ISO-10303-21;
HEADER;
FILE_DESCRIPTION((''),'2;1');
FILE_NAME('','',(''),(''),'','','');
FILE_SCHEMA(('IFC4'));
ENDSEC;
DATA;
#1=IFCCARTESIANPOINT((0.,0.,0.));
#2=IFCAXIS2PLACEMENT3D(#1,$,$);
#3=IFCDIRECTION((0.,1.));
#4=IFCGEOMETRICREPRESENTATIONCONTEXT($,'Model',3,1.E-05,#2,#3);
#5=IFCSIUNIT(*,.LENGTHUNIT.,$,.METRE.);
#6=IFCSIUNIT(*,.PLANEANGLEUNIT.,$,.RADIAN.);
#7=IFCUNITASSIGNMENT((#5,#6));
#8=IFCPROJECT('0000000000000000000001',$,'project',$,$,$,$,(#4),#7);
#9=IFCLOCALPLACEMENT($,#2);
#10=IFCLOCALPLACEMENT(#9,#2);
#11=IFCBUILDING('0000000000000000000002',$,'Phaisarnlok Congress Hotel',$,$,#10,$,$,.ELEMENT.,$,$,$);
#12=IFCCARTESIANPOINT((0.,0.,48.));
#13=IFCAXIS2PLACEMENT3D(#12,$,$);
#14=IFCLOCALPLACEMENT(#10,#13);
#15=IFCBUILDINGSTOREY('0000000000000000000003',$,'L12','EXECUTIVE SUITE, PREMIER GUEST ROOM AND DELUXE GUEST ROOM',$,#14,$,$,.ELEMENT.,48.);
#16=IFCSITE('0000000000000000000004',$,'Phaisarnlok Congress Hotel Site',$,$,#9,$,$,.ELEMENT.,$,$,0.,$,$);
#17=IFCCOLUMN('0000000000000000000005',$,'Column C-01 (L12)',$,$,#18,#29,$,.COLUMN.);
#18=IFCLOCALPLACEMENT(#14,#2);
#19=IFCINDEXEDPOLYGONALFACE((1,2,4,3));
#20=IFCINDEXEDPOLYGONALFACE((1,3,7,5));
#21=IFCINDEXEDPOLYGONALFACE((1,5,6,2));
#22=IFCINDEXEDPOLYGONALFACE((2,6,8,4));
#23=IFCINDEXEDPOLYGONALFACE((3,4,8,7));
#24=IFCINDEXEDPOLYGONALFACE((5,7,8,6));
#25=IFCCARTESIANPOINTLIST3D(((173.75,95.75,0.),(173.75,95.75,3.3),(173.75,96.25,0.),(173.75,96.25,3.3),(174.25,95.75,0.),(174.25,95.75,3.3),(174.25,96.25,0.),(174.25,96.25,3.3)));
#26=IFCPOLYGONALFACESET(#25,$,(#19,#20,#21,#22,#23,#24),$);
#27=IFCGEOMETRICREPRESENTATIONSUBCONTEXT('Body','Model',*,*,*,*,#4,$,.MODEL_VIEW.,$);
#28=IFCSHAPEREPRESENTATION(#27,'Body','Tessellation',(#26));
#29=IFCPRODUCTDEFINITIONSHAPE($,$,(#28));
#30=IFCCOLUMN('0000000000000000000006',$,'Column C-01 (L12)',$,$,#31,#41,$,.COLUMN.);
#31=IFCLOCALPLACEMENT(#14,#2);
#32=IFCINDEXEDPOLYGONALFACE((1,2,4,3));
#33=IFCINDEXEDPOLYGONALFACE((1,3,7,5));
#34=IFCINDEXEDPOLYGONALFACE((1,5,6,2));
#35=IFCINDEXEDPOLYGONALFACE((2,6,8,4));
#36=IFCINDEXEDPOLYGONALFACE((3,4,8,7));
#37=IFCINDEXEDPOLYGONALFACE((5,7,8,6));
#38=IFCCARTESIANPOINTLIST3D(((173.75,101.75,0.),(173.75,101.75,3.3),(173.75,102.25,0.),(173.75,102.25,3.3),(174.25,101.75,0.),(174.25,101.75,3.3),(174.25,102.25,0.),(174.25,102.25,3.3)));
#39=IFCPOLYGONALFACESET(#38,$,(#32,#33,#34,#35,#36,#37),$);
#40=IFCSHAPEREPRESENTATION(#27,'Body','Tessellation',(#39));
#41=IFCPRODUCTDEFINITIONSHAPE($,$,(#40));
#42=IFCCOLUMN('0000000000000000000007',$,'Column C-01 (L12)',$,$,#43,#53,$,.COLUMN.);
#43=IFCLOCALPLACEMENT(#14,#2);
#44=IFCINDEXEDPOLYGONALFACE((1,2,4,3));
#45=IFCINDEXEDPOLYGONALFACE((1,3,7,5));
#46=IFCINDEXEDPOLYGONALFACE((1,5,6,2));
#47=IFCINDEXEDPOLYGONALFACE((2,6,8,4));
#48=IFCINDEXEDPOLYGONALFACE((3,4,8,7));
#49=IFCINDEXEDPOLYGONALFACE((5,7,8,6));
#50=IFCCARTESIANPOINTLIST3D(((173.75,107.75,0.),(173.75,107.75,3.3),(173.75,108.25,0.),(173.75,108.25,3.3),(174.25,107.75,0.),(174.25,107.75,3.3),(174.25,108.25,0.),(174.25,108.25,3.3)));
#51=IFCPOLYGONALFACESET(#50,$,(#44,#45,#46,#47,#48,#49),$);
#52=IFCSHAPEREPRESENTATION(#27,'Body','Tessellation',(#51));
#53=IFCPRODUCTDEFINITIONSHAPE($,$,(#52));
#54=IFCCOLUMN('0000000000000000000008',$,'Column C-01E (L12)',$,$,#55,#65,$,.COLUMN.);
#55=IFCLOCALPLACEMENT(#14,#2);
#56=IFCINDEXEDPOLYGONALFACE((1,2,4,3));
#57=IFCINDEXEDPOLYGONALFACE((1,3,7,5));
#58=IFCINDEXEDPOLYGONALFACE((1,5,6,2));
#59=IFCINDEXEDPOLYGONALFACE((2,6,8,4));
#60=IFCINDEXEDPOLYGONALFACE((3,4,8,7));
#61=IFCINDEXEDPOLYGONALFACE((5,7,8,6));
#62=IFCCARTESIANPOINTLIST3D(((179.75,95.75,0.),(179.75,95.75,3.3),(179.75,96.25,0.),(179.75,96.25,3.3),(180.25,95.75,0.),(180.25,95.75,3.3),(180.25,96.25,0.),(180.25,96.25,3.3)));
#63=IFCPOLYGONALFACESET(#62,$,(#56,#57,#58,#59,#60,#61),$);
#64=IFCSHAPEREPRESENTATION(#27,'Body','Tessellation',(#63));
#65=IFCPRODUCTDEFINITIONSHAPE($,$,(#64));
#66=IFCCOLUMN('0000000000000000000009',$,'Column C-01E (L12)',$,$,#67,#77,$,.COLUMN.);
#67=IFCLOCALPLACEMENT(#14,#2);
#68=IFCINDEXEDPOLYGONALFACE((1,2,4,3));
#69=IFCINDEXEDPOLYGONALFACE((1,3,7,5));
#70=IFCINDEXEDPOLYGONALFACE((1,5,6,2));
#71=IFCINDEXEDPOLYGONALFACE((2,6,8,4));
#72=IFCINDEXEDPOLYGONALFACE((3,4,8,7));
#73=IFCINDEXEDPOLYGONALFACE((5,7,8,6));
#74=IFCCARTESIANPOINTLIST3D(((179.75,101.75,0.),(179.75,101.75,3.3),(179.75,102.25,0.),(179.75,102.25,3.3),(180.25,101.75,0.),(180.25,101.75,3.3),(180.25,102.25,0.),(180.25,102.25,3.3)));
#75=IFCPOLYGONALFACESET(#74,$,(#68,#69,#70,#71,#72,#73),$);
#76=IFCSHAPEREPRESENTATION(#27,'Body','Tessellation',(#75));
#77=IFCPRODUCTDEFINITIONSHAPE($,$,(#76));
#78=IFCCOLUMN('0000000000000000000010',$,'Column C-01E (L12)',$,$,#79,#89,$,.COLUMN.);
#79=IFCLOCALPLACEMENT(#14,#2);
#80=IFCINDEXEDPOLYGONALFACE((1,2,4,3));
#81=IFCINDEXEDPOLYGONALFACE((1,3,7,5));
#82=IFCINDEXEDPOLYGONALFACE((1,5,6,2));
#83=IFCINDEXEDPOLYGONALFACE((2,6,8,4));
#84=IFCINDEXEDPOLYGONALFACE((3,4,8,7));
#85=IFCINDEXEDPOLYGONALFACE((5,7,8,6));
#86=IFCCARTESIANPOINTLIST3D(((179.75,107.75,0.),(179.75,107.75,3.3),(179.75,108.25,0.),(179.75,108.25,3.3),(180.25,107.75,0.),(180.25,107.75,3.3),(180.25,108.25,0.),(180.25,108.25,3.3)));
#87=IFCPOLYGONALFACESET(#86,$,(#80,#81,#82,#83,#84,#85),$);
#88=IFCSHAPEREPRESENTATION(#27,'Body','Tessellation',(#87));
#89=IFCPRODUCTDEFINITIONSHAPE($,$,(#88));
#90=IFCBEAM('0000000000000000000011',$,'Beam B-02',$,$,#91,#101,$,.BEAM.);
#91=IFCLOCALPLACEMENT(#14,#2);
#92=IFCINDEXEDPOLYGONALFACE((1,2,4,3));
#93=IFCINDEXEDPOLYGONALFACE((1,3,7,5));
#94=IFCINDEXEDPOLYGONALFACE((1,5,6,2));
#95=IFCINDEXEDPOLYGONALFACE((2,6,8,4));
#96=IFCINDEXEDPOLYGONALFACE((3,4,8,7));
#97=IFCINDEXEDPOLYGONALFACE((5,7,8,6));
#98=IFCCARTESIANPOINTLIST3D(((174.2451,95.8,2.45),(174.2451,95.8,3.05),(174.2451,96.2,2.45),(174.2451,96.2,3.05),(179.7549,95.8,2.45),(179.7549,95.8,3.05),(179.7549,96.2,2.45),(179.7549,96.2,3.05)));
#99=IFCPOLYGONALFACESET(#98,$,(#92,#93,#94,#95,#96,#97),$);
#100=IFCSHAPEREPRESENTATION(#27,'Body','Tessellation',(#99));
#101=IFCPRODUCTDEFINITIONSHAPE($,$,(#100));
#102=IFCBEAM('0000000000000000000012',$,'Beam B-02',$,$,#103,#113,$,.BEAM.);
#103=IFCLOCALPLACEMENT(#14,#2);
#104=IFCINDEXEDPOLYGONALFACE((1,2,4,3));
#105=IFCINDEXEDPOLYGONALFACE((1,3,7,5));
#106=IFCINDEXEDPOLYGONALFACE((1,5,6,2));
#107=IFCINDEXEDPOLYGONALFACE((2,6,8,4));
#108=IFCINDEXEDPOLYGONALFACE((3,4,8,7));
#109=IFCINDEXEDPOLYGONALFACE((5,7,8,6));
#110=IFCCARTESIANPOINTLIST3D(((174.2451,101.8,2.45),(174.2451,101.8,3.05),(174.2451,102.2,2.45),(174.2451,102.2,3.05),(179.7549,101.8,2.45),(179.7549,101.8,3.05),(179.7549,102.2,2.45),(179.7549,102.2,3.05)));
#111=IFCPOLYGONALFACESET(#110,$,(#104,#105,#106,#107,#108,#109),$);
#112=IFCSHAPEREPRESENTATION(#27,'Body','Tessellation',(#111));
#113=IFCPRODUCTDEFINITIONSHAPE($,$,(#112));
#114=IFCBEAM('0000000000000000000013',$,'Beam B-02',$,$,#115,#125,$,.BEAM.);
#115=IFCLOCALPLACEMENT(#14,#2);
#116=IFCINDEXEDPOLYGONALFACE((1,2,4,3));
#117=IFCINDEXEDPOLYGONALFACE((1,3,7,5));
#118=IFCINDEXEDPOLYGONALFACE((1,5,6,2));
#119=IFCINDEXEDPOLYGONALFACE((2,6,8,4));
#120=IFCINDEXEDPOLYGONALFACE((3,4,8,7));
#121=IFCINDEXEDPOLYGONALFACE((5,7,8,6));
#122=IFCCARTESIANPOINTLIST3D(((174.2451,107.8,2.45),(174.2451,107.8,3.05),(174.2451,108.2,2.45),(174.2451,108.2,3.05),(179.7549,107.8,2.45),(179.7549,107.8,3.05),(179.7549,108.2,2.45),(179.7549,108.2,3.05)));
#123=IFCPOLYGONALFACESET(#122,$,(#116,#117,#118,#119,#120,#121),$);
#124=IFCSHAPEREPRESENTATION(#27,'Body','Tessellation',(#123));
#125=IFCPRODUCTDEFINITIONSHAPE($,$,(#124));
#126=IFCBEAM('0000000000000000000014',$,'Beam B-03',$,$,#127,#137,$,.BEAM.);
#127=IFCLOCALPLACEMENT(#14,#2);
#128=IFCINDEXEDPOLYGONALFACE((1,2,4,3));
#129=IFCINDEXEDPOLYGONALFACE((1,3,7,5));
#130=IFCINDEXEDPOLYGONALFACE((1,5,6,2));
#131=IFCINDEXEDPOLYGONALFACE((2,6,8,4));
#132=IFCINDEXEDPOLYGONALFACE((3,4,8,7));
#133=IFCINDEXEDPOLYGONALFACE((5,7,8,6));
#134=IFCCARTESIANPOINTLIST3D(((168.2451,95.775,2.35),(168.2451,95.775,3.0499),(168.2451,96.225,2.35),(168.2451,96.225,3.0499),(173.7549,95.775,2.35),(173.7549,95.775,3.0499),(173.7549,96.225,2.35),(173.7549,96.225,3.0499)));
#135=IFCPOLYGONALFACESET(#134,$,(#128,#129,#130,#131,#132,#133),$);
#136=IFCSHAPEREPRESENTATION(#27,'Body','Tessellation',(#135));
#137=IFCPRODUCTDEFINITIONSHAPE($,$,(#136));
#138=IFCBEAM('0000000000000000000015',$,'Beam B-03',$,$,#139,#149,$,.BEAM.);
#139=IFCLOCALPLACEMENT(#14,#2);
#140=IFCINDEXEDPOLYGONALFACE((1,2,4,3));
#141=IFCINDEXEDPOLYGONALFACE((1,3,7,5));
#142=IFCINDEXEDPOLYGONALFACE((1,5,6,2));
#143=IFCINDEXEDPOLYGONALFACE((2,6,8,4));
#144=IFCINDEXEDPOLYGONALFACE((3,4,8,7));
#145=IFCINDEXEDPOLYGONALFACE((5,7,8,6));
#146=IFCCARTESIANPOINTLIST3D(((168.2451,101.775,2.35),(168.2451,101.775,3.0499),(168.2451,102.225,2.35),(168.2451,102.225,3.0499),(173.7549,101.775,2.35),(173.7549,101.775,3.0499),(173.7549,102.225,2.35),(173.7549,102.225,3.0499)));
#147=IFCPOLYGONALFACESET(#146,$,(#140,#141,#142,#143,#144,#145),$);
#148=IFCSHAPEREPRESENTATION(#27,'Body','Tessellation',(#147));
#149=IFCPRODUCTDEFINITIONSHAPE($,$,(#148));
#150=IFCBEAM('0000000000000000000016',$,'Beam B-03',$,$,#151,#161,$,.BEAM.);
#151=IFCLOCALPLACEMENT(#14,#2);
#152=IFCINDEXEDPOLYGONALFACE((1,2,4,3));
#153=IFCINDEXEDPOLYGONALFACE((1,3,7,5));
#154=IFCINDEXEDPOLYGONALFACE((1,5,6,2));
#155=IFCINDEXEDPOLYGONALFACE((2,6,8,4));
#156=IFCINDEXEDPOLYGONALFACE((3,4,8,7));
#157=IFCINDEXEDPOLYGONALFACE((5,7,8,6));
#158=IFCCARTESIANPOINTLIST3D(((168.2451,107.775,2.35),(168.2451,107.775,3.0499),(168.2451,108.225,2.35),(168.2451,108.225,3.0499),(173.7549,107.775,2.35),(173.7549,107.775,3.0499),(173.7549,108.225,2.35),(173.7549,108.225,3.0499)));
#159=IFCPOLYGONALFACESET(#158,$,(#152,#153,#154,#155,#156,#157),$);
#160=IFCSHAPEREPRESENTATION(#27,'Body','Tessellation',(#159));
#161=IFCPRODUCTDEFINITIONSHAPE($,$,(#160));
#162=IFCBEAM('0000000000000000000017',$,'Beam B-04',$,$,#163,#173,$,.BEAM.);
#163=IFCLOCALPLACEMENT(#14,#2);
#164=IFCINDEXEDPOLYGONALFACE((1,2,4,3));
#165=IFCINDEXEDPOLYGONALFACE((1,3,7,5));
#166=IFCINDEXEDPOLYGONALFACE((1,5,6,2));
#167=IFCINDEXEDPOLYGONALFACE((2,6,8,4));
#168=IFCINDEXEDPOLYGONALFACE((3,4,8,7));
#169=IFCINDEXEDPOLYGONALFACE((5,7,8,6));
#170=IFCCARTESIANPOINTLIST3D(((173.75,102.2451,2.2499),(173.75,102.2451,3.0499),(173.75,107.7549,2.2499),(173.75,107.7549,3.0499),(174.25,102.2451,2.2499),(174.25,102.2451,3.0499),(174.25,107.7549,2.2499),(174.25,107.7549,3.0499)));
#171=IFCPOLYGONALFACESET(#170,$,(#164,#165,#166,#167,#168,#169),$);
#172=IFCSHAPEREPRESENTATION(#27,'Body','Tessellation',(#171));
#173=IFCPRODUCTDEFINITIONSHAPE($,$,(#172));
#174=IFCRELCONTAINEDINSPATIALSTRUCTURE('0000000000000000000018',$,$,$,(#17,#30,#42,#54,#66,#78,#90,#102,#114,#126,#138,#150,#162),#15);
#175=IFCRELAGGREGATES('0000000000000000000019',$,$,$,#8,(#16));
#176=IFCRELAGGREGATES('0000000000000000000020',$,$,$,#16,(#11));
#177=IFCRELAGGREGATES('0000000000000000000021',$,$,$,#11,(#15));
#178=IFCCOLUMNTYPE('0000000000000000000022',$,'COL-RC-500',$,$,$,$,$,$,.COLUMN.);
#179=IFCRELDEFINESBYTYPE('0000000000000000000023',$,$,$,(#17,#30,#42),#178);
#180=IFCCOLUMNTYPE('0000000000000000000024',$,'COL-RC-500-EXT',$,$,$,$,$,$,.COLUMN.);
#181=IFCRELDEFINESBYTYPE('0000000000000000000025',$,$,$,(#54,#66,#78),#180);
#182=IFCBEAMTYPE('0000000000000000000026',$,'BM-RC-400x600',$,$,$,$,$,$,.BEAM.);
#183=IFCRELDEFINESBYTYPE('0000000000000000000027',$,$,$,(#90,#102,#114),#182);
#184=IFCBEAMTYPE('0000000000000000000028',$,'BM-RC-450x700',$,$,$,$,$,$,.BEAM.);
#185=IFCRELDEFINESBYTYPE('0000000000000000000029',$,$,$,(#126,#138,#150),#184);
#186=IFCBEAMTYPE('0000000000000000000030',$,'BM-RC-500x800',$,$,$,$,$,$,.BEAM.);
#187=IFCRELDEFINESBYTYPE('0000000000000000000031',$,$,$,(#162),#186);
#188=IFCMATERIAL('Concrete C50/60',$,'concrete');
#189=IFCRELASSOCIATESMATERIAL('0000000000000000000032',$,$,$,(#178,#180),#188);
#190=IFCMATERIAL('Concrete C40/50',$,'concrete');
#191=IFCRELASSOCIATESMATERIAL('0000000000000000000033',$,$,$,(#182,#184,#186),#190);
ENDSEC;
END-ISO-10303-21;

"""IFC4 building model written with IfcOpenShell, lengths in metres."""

from ifc_helpers import new_model, si_unit, direction, frame, origin, origin_2d, place, context, subcontext, project, spatial, rectangle, extrude, material, material_profile, profile_set, type_object, element, save


model = new_model("IFC4")

# Units and contexts
model_context = context("Model", 3, precision=1e-05, world=origin(), true_north=direction((0.0, 1.0)))
body_context = subcontext(model_context, "Body", "Model", "MODEL_VIEW")
ifc_project = project(units=[si_unit("LENGTHUNIT", "METRE"), si_unit("PLANEANGLEUNIT", "RADIAN")], contexts=[model_context])

# Site, building, storey
site_placement = place(None, origin())
site = spatial("IfcSite", under=ifc_project, at=site_placement, Name="Phaisarnlok Congress Hotel Site", CompositionType="ELEMENT", RefElevation=0.0)
building_placement = place(site_placement, origin())
building = spatial("IfcBuilding", under=site, at=building_placement, Name="Phaisarnlok Congress Hotel", CompositionType="ELEMENT")
storey_placement = place(building_placement, frame((0.0, 0.0, 48.0)))
storey = spatial("IfcBuildingStorey", under=building, at=storey_placement, Name="L12", Description="EXECUTIVE SUITE, PREMIER GUEST ROOM AND DELUXE GUEST ROOM", CompositionType="ELEMENT", Elevation=48.0)

# Columns
ifc_material_1 = material(Name="Concrete C50/60", Category="concrete")
ifc_material_profile_1 = material_profile(ifc_material_1, rectangle(XDim=0.5, YDim=0.5, at=origin_2d()), Name="RC 500x500")
ifc_profile_set_1 = profile_set([ifc_material_profile_1], Name="Concrete C50/60")
column_type_1 = type_object("IfcColumnType", Name="COL-RC-500", PredefinedType="COLUMN", material=ifc_profile_set_1)
for number, where, z_axis, x_axis, name in (
    (1, (174.0, 96.0, 0.0), (0.0, 0.0, 1.0), (1.0, 0.0, 0.0), "Column C-01 (L12)"),
    (2, (174.0, 102.0, 0.0), (0.0, 0.0, 1.0), (1.0, 0.0, 0.0), "Column C-01 (L12)"),
    (3, (174.0, 108.0, 0.0), (0.0, 0.0, 1.0), (1.0, 0.0, 0.0), "Column C-01 (L12)"),
):
    element("IfcColumn", number, at=place(storey_placement, frame(where, z_axis=z_axis, x_axis=x_axis)), inside=storey, type_object=column_type_1, Name=name, PredefinedType="COLUMN", context=body_context, shape_type="SweptSolid", body=[
        extrude(rectangle(XDim=0.5, YDim=0.5, at=origin_2d()), origin(), (0.0, 0.0, 1.0), 3.3),
    ])
ifc_material_profile_2 = material_profile(ifc_material_1, rectangle(XDim=0.5, YDim=0.5, at=origin_2d()), Name="RC 500x500")
ifc_profile_set_2 = profile_set([ifc_material_profile_2], Name="Concrete C50/60")
column_type_2 = type_object("IfcColumnType", Name="COL-RC-500-EXT", PredefinedType="COLUMN", material=ifc_profile_set_2)
for number, where, z_axis, x_axis, name in (
    (4, (180.0, 96.0, 0.0), (0.0, 0.0, 1.0), (1.0, 0.0, 0.0), "Column C-01E (L12)"),
    (5, (180.0, 102.0, 0.0), (0.0, 0.0, 1.0), (1.0, 0.0, 0.0), "Column C-01E (L12)"),
    (6, (180.0, 108.0, 0.0), (0.0, 0.0, 1.0), (1.0, 0.0, 0.0), "Column C-01E (L12)"),
):
    element("IfcColumn", number, at=place(storey_placement, frame(where, z_axis=z_axis, x_axis=x_axis)), inside=storey, type_object=column_type_2, Name=name, PredefinedType="COLUMN", context=body_context, shape_type="SweptSolid", body=[
        extrude(rectangle(XDim=0.5, YDim=0.5, at=origin_2d()), origin(), (0.0, 0.0, 1.0), 3.3),
    ])

# Beams
ifc_material_2 = material(Name="Concrete C40/50", Category="concrete")
ifc_material_profile_3 = material_profile(ifc_material_2, rectangle(XDim=0.3999, YDim=0.6001, at=origin_2d()), Name="RC 400x600")
ifc_profile_set_3 = profile_set([ifc_material_profile_3], Name="Concrete C40/50")
beam_type_1 = type_object("IfcBeamType", Name="BM-RC-400x600", PredefinedType="BEAM", material=ifc_profile_set_3)
for number, where, z_axis, x_axis, name in (
    (7, (174.2451, 96.0, 2.75), (1.0, 0.0, 0.0), (0.0, 1.0, 0.0), "Beam B-02"),
    (8, (174.2451, 102.0, 2.75), (1.0, 0.0, 0.0), (0.0, 1.0, 0.0), "Beam B-02"),
    (9, (174.2451, 108.0, 2.75), (1.0, 0.0, 0.0), (0.0, 1.0, 0.0), "Beam B-02"),
):
    element("IfcBeam", number, at=place(storey_placement, frame(where, z_axis=z_axis, x_axis=x_axis)), inside=storey, type_object=beam_type_1, Name=name, PredefinedType="BEAM", context=body_context, shape_type="SweptSolid", body=[
        extrude(rectangle(XDim=0.3999, YDim=0.6001, at=origin_2d()), origin(), (0.0, 0.0, 1.0), 5.5098),
    ])
ifc_material_profile_4 = material_profile(ifc_material_2, rectangle(XDim=0.45, YDim=0.7, at=origin_2d()), Name="RC 450x700")
ifc_profile_set_4 = profile_set([ifc_material_profile_4], Name="Concrete C40/50")
beam_type_2 = type_object("IfcBeamType", Name="BM-RC-450x700", PredefinedType="BEAM", material=ifc_profile_set_4)
for number, where, z_axis, x_axis, name in (
    (10, (168.2451, 96.0, 2.7), (1.0, 0.0, 0.0), (0.0, 1.0, 0.0), "Beam B-03"),
    (11, (168.2451, 102.0, 2.7), (1.0, 0.0, 0.0), (0.0, 1.0, 0.0), "Beam B-03"),
    (12, (168.2451, 108.0, 2.7), (1.0, 0.0, 0.0), (0.0, 1.0, 0.0), "Beam B-03"),
):
    element("IfcBeam", number, at=place(storey_placement, frame(where, z_axis=z_axis, x_axis=x_axis)), inside=storey, type_object=beam_type_2, Name=name, PredefinedType="BEAM", context=body_context, shape_type="SweptSolid", body=[
        extrude(rectangle(XDim=0.45, YDim=0.7, at=origin_2d()), origin(), (0.0, 0.0, 1.0), 5.5098),
    ])
ifc_material_profile_5 = material_profile(ifc_material_2, rectangle(XDim=0.5, YDim=0.8, at=origin_2d()), Name="RC 500x800")
ifc_profile_set_5 = profile_set([ifc_material_profile_5], Name="Concrete C40/50")
beam_type_3 = type_object("IfcBeamType", Name="BM-RC-500x800", PredefinedType="BEAM", material=ifc_profile_set_5)
beam_1_placement = place(storey_placement, frame((174.0, 102.2451, 2.6499), z_axis=(0.0, 1.0, 0.0), x_axis=(-1.0, 0.0, 0.0)))
element("IfcBeam", 13, at=beam_1_placement, inside=storey, type_object=beam_type_3, Name="Beam B-04", PredefinedType="BEAM", context=body_context, shape_type="SweptSolid", body=[
    extrude(rectangle(XDim=0.5, YDim=0.8, at=origin_2d()), origin(), (0.0, 0.0, 1.0), 5.5098),
])

save(model, "model.ifc")
